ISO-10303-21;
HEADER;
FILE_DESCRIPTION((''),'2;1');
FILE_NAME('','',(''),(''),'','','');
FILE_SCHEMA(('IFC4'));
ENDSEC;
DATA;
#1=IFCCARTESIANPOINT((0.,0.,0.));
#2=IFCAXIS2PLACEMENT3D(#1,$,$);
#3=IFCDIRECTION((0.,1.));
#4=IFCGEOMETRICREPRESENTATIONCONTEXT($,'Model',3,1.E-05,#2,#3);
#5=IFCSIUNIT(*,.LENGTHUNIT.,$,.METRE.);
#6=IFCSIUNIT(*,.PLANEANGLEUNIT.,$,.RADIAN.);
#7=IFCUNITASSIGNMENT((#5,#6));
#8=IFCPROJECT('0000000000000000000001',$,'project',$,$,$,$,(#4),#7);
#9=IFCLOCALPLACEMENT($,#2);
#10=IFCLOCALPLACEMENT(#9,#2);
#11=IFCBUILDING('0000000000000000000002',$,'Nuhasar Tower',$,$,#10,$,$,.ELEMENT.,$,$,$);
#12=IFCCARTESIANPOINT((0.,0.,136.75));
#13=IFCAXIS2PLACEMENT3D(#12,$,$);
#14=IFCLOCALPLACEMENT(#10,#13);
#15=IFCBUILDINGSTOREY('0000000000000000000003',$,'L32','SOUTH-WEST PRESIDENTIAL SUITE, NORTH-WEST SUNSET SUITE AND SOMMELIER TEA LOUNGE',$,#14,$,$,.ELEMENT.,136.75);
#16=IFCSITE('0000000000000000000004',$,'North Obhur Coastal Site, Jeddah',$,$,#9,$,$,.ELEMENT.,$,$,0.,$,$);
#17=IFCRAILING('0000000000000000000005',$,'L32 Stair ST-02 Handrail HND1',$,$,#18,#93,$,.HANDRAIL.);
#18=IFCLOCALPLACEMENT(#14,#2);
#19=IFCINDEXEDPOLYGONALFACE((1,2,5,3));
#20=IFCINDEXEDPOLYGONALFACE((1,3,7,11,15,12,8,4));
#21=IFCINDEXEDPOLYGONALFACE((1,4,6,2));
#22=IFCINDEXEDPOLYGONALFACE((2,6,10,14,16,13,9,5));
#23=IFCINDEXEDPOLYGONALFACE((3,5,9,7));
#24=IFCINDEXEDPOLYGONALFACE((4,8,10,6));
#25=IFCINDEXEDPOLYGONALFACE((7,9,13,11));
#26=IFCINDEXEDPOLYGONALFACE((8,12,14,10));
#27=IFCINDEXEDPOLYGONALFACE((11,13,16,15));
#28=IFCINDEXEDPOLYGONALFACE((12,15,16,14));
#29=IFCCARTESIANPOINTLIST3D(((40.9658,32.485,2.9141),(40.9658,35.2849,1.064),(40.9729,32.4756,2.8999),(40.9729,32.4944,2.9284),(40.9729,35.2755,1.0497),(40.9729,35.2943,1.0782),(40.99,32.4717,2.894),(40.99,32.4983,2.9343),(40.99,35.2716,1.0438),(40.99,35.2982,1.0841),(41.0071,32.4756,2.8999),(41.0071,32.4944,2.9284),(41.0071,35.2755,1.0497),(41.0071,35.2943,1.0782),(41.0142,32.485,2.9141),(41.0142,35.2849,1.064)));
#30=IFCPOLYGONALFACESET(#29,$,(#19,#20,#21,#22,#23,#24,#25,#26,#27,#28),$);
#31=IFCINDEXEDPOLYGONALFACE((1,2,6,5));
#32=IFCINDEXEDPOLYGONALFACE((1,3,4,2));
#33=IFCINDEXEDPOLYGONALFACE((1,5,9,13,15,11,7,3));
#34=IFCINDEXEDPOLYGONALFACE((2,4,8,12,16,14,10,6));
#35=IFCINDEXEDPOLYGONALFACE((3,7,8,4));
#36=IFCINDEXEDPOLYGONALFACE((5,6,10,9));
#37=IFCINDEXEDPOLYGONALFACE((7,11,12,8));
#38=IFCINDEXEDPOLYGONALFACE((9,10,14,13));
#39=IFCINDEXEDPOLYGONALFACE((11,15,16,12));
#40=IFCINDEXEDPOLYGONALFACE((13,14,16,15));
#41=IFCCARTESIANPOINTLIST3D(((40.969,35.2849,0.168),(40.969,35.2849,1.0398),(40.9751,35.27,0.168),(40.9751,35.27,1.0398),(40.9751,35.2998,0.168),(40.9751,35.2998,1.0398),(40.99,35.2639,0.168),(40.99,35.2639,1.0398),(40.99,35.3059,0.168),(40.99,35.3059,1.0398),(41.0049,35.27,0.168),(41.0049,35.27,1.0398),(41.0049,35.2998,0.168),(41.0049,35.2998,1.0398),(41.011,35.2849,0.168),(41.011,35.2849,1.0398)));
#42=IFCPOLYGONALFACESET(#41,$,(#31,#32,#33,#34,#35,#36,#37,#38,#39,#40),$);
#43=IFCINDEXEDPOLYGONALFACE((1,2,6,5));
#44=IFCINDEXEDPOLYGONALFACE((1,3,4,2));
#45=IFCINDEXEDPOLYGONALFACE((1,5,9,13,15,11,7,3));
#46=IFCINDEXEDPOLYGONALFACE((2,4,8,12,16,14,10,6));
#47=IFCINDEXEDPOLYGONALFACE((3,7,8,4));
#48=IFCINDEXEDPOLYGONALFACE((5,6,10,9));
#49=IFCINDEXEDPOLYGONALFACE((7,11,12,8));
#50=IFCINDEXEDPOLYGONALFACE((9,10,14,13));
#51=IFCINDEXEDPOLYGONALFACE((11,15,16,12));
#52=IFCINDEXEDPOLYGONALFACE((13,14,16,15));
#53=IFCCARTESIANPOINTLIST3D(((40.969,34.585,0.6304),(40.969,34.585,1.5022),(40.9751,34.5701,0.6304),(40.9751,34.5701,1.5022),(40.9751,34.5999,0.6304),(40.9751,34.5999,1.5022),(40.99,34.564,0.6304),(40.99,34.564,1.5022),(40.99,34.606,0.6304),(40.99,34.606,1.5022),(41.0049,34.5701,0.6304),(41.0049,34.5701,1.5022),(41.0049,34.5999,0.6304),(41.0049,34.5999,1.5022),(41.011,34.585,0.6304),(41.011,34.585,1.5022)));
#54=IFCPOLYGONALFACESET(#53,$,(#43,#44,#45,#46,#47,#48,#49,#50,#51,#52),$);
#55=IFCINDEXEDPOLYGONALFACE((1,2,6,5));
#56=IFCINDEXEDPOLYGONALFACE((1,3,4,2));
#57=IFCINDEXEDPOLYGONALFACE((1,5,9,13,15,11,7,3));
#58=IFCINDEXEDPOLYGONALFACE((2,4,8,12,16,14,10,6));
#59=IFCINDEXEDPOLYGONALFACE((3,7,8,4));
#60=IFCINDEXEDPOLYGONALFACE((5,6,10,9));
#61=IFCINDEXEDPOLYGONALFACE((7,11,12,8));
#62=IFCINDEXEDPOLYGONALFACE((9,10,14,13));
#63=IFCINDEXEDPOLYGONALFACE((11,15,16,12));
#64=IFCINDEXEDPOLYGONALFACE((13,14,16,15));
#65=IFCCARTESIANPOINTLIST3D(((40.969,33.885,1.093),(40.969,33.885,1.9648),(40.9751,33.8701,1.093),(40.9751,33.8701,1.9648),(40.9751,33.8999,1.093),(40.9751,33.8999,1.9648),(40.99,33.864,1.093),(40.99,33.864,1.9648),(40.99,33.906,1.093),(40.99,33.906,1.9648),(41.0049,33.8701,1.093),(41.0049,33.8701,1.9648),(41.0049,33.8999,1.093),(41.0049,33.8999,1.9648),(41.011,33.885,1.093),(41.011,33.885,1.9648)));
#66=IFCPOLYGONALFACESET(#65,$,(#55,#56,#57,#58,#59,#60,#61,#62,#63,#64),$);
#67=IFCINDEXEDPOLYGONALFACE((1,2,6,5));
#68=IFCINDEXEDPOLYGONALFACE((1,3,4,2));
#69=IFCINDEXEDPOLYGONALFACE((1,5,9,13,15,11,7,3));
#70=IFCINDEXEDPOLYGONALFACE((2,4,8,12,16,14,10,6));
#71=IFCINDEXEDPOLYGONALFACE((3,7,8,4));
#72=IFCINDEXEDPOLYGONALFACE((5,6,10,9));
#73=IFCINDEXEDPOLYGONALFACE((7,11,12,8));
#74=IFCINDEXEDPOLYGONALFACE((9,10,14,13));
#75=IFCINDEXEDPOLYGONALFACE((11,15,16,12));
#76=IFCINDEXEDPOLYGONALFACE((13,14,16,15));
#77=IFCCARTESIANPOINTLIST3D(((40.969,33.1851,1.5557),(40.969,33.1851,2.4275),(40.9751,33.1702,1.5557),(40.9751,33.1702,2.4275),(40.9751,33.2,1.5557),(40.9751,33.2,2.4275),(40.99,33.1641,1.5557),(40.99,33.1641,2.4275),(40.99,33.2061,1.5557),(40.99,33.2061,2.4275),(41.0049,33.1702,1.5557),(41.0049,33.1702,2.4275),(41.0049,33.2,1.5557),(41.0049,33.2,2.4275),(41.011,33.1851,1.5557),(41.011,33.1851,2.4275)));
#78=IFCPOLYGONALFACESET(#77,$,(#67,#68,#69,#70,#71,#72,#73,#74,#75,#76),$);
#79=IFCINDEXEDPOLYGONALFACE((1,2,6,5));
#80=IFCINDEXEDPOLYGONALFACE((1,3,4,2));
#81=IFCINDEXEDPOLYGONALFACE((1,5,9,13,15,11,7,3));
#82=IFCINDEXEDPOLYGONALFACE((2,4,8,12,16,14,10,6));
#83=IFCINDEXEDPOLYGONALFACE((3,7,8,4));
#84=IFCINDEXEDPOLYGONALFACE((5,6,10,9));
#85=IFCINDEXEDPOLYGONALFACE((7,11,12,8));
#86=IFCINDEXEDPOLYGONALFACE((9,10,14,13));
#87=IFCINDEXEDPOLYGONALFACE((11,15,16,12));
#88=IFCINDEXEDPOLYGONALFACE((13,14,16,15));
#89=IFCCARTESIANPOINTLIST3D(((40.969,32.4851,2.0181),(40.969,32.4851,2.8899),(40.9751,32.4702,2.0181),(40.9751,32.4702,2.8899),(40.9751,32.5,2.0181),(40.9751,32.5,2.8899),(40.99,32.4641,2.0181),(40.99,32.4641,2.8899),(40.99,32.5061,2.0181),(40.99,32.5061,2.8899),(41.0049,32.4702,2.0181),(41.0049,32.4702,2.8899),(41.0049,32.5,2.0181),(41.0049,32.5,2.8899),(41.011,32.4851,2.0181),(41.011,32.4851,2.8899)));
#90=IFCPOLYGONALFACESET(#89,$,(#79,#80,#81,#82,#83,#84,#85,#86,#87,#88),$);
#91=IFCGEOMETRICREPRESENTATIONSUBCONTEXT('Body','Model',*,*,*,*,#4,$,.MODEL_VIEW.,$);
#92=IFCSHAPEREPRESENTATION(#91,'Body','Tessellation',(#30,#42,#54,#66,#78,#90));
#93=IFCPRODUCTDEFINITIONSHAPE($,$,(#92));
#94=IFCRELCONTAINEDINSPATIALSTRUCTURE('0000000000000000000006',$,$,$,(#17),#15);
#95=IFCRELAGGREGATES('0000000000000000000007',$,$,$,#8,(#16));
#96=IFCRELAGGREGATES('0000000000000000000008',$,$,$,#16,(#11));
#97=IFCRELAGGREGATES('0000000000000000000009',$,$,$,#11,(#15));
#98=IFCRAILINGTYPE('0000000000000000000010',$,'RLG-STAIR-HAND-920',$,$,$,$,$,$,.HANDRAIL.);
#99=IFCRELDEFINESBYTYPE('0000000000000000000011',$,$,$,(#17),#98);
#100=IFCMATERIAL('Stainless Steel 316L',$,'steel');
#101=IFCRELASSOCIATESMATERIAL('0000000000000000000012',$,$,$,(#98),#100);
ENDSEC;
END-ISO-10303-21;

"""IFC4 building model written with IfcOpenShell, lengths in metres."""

from ifc_helpers import new_model, si_unit, direction, frame, origin, place, context, subcontext, project, spatial, polyline, outline, extrude, material, type_object, element, save


model = new_model("IFC4")

# Units and contexts
model_context = context("Model", 3, precision=1e-05, world=origin(), true_north=direction((0.0, 1.0)))
body_context = subcontext(model_context, "Body", "Model", "MODEL_VIEW")
ifc_project = project(units=[si_unit("LENGTHUNIT", "METRE"), si_unit("PLANEANGLEUNIT", "RADIAN")], contexts=[model_context])

# Site, building, storey
site_placement = place(None, origin())
site = spatial("IfcSite", under=ifc_project, at=site_placement, Name="North Obhur Coastal Site, Jeddah", CompositionType="ELEMENT", RefElevation=0.0)
building_placement = place(site_placement, origin())
building = spatial("IfcBuilding", under=site, at=building_placement, Name="Nuhasar Tower", CompositionType="ELEMENT")
storey_placement = place(building_placement, frame((0.0, 0.0, 136.75)))
storey = spatial("IfcBuildingStorey", under=building, at=storey_placement, Name="L32", Description="SOUTH-WEST PRESIDENTIAL SUITE, NORTH-WEST SUNSET SUITE AND SOMMELIER TEA LOUNGE", CompositionType="ELEMENT", Elevation=136.75)

# Railing
ifc_material_1 = material(Name="Stainless Steel 316L", Category="steel")
railing_type_1 = type_object("IfcRailingType", Name="RLG-STAIR-HAND-920", PredefinedType="HANDRAIL", material=ifc_material_1)
railing_1_placement = place(storey_placement, frame((40.99, 35.2849, 0.168)))
element("IfcRailing", 1, at=railing_1_placement, inside=storey, type_object=railing_type_1, Name="L32 Stair ST-02 Handrail HND1", PredefinedType="HANDRAIL", context=body_context, shape_type="SweptSolid", body=[
    extrude(outline(polyline([(0.0242, 0.0), (0.0171, 0.0171), (0.0, 0.0242), (-0.0171, 0.0171), (-0.0242, 0.0), (-0.0171, -0.0171), (0.0, -0.0242), (0.0171, -0.0171), (0.0242, 0.0)])), frame((0.0, 0.0, 0.896), z_axis=(0.0, -0.834304, 0.551304), x_axis=(1.0, 0.0, 0.0)), (0.0, 0.0, 1.0), 3.356),
    extrude(outline(polyline([(0.021, 0.0), (0.0149, 0.0149), (0.0, 0.021), (-0.0149, 0.0149), (-0.021, 0.0), (-0.0149, -0.0149), (0.0, -0.021), (0.0149, -0.0149), (0.021, 0.0)])), origin(), (0.0, 0.0, 1.0), 0.8718),
    extrude(outline(polyline([(0.021, 0.0), (0.0149, 0.0149), (0.0, 0.021), (-0.0149, 0.0149), (-0.021, 0.0), (-0.0149, -0.0149), (0.0, -0.021), (0.0149, -0.0149), (0.021, 0.0)])), frame((0.0, -0.7, 0.4624)), (0.0, 0.0, 1.0), 0.8718),
    extrude(outline(polyline([(0.021, 0.0), (0.0149, 0.0149), (0.0, 0.021), (-0.0149, 0.0149), (-0.021, 0.0), (-0.0149, -0.0149), (0.0, -0.021), (0.0149, -0.0149), (0.021, 0.0)])), frame((0.0, -1.3999, 0.925)), (0.0, 0.0, 1.0), 0.8718),
    extrude(outline(polyline([(0.021, 0.0), (0.0149, 0.0149), (0.0, 0.021), (-0.0149, 0.0149), (-0.021, 0.0), (-0.0149, -0.0149), (0.0, -0.021), (0.0149, -0.0149), (0.021, 0.0)])), frame((0.0, -2.0999, 1.3877)), (0.0, 0.0, 1.0), 0.8718),
    extrude(outline(polyline([(0.021, 0.0), (0.0149, 0.0149), (0.0, 0.021), (-0.0149, 0.0149), (-0.021, 0.0), (-0.0149, -0.0149), (0.0, -0.021), (0.0149, -0.0149), (0.021, 0.0)])), frame((0.0, -2.7998, 1.8501)), (0.0, 0.0, 1.0), 0.8718),
])

save(model, "model.ifc")
